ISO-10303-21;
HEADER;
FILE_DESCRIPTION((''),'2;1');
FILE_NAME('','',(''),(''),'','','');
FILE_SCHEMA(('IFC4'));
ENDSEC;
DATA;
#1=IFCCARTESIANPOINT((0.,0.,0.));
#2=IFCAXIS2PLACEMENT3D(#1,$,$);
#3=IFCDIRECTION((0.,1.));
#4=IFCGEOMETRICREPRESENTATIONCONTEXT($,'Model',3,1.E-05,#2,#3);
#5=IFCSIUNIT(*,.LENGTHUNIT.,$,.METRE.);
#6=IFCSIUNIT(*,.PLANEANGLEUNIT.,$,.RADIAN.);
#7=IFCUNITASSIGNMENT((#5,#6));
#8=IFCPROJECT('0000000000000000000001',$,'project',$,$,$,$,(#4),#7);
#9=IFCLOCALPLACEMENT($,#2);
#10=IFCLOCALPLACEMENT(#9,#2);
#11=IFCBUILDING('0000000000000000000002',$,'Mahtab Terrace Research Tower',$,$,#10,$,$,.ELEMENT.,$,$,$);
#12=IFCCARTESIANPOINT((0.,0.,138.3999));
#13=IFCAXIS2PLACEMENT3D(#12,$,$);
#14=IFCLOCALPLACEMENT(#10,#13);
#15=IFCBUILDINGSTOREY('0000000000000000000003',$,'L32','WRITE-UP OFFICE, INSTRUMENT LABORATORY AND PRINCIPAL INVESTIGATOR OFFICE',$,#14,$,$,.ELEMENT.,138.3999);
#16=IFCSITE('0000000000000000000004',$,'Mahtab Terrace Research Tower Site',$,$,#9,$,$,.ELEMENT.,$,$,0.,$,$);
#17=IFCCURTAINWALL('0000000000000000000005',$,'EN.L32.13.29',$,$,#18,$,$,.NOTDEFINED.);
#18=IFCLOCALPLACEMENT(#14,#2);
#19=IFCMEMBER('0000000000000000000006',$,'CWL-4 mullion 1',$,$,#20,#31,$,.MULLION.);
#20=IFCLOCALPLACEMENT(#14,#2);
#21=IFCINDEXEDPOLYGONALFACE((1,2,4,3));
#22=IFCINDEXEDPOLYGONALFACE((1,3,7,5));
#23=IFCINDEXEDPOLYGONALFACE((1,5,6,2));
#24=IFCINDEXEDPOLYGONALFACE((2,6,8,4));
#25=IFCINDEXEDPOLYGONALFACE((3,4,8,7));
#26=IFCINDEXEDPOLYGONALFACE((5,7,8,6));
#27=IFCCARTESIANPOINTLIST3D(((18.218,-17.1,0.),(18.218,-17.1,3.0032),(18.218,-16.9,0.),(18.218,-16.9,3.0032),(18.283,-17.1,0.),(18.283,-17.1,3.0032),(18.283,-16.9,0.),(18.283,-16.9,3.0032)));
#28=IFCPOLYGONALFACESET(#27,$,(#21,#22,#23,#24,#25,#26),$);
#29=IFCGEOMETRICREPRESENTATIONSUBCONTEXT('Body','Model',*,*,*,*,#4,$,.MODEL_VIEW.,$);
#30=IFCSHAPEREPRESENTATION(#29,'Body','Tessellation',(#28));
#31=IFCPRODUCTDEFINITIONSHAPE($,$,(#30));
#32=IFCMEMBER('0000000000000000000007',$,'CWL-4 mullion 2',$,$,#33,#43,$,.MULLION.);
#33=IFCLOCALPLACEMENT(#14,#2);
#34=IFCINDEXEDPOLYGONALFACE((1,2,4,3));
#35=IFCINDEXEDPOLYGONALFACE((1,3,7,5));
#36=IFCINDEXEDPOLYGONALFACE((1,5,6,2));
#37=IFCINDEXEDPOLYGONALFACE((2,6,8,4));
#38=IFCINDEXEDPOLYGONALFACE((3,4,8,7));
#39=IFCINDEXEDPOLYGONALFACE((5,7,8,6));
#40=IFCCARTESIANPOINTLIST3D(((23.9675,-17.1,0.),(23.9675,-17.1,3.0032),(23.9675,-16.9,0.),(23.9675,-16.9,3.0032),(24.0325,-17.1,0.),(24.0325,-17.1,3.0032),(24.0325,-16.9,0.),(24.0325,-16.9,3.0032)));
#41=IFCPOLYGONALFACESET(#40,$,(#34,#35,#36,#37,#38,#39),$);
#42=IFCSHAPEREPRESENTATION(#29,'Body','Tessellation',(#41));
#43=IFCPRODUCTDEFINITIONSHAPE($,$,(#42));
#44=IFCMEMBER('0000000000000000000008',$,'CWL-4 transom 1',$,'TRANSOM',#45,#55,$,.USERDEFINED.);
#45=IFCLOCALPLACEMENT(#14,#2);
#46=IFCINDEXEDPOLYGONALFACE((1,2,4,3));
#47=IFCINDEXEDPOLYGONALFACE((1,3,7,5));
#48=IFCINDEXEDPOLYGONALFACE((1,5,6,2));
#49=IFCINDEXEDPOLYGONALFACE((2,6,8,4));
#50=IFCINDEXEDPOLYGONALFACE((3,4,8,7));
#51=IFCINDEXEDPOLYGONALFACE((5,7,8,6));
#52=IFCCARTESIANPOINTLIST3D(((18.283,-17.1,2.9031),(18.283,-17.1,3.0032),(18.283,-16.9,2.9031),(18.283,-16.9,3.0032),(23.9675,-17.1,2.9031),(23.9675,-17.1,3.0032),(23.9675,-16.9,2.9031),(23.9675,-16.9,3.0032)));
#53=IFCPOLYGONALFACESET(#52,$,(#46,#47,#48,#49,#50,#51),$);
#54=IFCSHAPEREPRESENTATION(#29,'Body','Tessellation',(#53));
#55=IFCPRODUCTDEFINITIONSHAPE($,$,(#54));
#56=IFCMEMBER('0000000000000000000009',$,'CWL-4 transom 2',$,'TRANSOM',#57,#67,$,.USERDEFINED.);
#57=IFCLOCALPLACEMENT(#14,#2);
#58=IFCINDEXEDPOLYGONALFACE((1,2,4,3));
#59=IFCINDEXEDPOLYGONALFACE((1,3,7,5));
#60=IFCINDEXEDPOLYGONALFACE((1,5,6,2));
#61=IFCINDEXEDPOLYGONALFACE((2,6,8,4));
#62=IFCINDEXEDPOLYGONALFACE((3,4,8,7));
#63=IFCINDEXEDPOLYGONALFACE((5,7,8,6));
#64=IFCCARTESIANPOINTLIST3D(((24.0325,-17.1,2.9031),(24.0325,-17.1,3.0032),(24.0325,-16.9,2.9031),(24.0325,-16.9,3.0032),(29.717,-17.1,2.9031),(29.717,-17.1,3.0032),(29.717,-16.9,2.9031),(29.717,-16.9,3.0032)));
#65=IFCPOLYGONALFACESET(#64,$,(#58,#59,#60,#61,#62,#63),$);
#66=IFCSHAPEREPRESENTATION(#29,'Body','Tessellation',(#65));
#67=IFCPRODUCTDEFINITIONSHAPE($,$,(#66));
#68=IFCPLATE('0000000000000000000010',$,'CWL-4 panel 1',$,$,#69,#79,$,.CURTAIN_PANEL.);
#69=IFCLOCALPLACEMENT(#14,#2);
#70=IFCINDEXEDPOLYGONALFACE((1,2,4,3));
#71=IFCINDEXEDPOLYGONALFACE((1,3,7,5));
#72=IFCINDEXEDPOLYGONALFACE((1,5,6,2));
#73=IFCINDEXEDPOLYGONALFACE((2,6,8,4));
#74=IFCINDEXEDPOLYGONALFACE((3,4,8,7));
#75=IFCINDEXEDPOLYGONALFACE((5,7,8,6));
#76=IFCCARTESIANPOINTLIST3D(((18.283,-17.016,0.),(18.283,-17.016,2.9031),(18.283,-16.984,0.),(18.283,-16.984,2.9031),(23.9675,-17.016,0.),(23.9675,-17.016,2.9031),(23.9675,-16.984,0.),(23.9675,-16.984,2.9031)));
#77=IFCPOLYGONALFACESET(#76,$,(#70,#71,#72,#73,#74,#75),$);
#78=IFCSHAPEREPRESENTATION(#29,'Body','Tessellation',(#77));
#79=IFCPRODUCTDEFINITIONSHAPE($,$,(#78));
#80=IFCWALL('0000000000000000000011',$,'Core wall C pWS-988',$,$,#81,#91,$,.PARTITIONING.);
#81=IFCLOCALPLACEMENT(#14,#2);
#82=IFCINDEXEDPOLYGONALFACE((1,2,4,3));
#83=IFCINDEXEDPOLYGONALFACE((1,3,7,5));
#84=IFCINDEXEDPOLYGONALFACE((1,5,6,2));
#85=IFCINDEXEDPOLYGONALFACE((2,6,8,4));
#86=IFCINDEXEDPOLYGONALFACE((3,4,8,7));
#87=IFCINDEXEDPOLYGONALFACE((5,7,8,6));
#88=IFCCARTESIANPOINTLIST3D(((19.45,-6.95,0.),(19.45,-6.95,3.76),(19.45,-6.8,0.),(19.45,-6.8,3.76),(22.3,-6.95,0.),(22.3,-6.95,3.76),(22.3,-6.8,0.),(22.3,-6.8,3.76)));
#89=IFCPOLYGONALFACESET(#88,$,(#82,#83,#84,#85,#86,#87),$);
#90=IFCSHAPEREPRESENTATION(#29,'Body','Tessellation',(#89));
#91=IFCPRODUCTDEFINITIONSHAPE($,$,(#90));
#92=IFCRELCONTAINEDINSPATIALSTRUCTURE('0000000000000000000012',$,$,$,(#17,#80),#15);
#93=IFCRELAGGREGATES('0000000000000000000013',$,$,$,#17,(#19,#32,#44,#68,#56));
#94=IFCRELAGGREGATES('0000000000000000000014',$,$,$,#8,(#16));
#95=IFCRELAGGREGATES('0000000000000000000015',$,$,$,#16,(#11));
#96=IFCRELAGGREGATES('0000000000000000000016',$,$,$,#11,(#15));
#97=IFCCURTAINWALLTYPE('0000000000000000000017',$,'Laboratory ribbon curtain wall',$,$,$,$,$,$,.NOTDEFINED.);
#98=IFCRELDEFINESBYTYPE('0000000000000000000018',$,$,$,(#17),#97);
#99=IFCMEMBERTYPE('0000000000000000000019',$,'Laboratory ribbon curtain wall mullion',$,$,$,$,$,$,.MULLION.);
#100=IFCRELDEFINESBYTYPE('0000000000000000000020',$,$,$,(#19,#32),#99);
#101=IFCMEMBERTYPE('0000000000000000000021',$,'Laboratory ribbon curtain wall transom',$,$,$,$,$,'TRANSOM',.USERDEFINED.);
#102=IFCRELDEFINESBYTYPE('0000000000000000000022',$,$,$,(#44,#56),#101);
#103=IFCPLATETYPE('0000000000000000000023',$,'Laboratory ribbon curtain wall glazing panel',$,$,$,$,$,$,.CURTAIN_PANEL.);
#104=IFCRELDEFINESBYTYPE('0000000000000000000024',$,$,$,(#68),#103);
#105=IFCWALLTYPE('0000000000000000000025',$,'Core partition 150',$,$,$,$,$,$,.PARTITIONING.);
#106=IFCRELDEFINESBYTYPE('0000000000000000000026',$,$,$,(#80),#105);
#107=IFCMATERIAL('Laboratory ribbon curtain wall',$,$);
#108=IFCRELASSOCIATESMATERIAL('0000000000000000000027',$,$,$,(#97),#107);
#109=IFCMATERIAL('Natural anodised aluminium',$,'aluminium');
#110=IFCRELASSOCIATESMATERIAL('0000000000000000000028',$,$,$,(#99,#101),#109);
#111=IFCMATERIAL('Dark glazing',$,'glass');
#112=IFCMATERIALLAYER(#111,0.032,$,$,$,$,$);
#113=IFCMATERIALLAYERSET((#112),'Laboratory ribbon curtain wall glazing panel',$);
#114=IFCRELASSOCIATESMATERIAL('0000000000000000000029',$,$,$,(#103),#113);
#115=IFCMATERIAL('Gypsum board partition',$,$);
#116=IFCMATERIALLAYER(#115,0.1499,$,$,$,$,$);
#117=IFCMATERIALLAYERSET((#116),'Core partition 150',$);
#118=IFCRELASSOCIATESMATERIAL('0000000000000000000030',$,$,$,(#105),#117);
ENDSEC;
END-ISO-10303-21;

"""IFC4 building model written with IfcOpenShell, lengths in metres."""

from ifc_helpers import new_model, si_unit, direction, frame, frame_2d, origin, origin_2d, place, context, subcontext, project, spatial, rectangle, extrude, material, layer, layer_set, material_profile, profile_set, type_object, element, aggregate, save


model = new_model("IFC4")

# Units and contexts
model_context = context("Model", 3, precision=1e-05, world=origin(), true_north=direction((0.0, 1.0)))
body_context = subcontext(model_context, "Body", "Model", "MODEL_VIEW")
ifc_project = project(units=[si_unit("LENGTHUNIT", "METRE"), si_unit("PLANEANGLEUNIT", "RADIAN")], contexts=[model_context])

# Site, building, storey
site_placement = place(None, origin())
site = spatial("IfcSite", under=ifc_project, at=site_placement, Name="Mahtab Terrace Research Tower Site", CompositionType="ELEMENT", RefElevation=0.0)
building_placement = place(site_placement, origin())
building = spatial("IfcBuilding", under=site, at=building_placement, Name="Mahtab Terrace Research Tower", CompositionType="ELEMENT")
storey_placement = place(building_placement, frame((0.0, 0.0, 138.3999)))
storey = spatial("IfcBuildingStorey", under=building, at=storey_placement, Name="L32", Description="WRITE-UP OFFICE, INSTRUMENT LABORATORY AND PRINCIPAL INVESTIGATOR OFFICE", CompositionType="ELEMENT", Elevation=138.3999)

# Curtain wall, members, plate
ifc_material_1 = material(Name="Laboratory ribbon curtain wall")
curtain_wall_type = type_object("IfcCurtainWallType", Name="Laboratory ribbon curtain wall", PredefinedType="NOTDEFINED", material=ifc_material_1)
curtain_wall_placement = place(storey_placement, origin())
curtain_wall = element("IfcCurtainWall", 1, at=curtain_wall_placement, inside=storey, type_object=curtain_wall_type, Name="EN.L32.13.29", PredefinedType="NOTDEFINED")
ifc_material_2 = material(Name="Natural anodised aluminium", Category="aluminium")
ifc_material_profile_1 = material_profile(ifc_material_2, rectangle(XDim=0.2, YDim=0.0649, at=origin_2d()), Name="MULLION 65x200")
ifc_profile_set_1 = profile_set([ifc_material_profile_1], Name="Natural anodised aluminium")
member_type_1 = type_object("IfcMemberType", Name="Laboratory ribbon curtain wall mullion", PredefinedType="MULLION", material=ifc_profile_set_1)
member_1_placement = place(storey_placement, frame((18.2505, -17.0, 0.0), z_axis=(0.0, 0.0, 1.0), x_axis=(0.0, 1.0, 0.0)))
member_1 = element("IfcMember", 2, at=member_1_placement, type_object=member_type_1, Name="CWL-4 mullion 1", PredefinedType="MULLION", context=body_context, shape_type="SweptSolid", body=[
    extrude(rectangle(XDim=0.2, YDim=0.0649, at=origin_2d()), origin(), (0.0, 0.0, 1.0), 3.0032),
])
member_2_placement = place(storey_placement, frame((24.0, -17.0, 0.0), z_axis=(0.0, 0.0, 1.0), x_axis=(0.0, 1.0, 0.0)))
member_2 = element("IfcMember", 3, at=member_2_placement, type_object=member_type_1, Name="CWL-4 mullion 2", PredefinedType="MULLION", context=body_context, shape_type="SweptSolid", body=[
    extrude(rectangle(XDim=0.2, YDim=0.0649, at=origin_2d()), origin(), (0.0, 0.0, 1.0), 3.0032),
])
ifc_material_profile_2 = material_profile(ifc_material_2, rectangle(XDim=0.2, YDim=0.1001, at=origin_2d()), Name="TRANSOM 100x200")
ifc_profile_set_2 = profile_set([ifc_material_profile_2], Name="Natural anodised aluminium")
member_type_2 = type_object("IfcMemberType", Name="Laboratory ribbon curtain wall transom", ElementType="TRANSOM", PredefinedType="USERDEFINED", material=ifc_profile_set_2)
member_3_placement = place(storey_placement, frame((18.283, -17.0, 2.9531), z_axis=(1.0, 0.0, 0.0), x_axis=(0.0, 1.0, 0.0)))
member_3 = element("IfcMember", 4, at=member_3_placement, type_object=member_type_2, Name="CWL-4 transom 1", ObjectType="TRANSOM", PredefinedType="USERDEFINED", context=body_context, shape_type="SweptSolid", body=[
    extrude(rectangle(XDim=0.2, YDim=0.1001, at=origin_2d()), origin(), (0.0, 0.0, 1.0), 5.6846),
])
member_4_placement = place(storey_placement, frame((24.0325, -17.0, 2.9531), z_axis=(1.0, 0.0, 0.0), x_axis=(0.0, 1.0, 0.0)))
member_4 = element("IfcMember", 5, at=member_4_placement, type_object=member_type_2, Name="CWL-4 transom 2", ObjectType="TRANSOM", PredefinedType="USERDEFINED", context=body_context, shape_type="SweptSolid", body=[
    extrude(rectangle(XDim=0.2, YDim=0.1001, at=origin_2d()), origin(), (0.0, 0.0, 1.0), 5.6846),
])
ifc_material_3 = material(Name="Dark glazing", Category="glass")
ifc_layer_1 = layer(ifc_material_3, 0.032)
ifc_layer_set_1 = layer_set([ifc_layer_1], Name="Laboratory ribbon curtain wall glazing panel")
plate_type = type_object("IfcPlateType", Name="Laboratory ribbon curtain wall glazing panel", PredefinedType="CURTAIN_PANEL", material=ifc_layer_set_1)
plate_placement = place(storey_placement, frame((21.1252, -17.0, 0.0), z_axis=(0.0, 0.0, 1.0), x_axis=(1.0, 0.0, 0.0)))
plate = element("IfcPlate", 6, at=plate_placement, type_object=plate_type, Name="CWL-4 panel 1", PredefinedType="CURTAIN_PANEL", context=body_context, shape_type="SweptSolid", body=[
    extrude(rectangle(XDim=5.6846, YDim=0.032, at=origin_2d()), origin(), (0.0, 0.0, 1.0), 2.9031),
])
aggregate(curtain_wall, [member_1, member_2, member_3, plate, member_4])

# Wall
ifc_material_4 = material(Name="Gypsum board partition")
ifc_layer_2 = layer(ifc_material_4, 0.1499)
ifc_layer_set_2 = layer_set([ifc_layer_2], Name="Core partition 150")
wall_type_1 = type_object("IfcWallType", Name="Core partition 150", PredefinedType="PARTITIONING", material=ifc_layer_set_2)
wall_1_placement = place(storey_placement, frame((19.45, -6.875, 0.0), z_axis=(0.0, 0.0, 1.0), x_axis=(1.0, 0.0, 0.0)))
element("IfcWall", 7, at=wall_1_placement, inside=storey, type_object=wall_type_1, Name="Core wall C pWS-988", PredefinedType="PARTITIONING", context=body_context, shape_type="SweptSolid", body=[
    extrude(rectangle(XDim=2.8501, YDim=0.1499, at=frame_2d((1.425, 0.0))), origin(), (0.0, 0.0, 1.0), 3.76),
])

save(model, "model.ifc")
